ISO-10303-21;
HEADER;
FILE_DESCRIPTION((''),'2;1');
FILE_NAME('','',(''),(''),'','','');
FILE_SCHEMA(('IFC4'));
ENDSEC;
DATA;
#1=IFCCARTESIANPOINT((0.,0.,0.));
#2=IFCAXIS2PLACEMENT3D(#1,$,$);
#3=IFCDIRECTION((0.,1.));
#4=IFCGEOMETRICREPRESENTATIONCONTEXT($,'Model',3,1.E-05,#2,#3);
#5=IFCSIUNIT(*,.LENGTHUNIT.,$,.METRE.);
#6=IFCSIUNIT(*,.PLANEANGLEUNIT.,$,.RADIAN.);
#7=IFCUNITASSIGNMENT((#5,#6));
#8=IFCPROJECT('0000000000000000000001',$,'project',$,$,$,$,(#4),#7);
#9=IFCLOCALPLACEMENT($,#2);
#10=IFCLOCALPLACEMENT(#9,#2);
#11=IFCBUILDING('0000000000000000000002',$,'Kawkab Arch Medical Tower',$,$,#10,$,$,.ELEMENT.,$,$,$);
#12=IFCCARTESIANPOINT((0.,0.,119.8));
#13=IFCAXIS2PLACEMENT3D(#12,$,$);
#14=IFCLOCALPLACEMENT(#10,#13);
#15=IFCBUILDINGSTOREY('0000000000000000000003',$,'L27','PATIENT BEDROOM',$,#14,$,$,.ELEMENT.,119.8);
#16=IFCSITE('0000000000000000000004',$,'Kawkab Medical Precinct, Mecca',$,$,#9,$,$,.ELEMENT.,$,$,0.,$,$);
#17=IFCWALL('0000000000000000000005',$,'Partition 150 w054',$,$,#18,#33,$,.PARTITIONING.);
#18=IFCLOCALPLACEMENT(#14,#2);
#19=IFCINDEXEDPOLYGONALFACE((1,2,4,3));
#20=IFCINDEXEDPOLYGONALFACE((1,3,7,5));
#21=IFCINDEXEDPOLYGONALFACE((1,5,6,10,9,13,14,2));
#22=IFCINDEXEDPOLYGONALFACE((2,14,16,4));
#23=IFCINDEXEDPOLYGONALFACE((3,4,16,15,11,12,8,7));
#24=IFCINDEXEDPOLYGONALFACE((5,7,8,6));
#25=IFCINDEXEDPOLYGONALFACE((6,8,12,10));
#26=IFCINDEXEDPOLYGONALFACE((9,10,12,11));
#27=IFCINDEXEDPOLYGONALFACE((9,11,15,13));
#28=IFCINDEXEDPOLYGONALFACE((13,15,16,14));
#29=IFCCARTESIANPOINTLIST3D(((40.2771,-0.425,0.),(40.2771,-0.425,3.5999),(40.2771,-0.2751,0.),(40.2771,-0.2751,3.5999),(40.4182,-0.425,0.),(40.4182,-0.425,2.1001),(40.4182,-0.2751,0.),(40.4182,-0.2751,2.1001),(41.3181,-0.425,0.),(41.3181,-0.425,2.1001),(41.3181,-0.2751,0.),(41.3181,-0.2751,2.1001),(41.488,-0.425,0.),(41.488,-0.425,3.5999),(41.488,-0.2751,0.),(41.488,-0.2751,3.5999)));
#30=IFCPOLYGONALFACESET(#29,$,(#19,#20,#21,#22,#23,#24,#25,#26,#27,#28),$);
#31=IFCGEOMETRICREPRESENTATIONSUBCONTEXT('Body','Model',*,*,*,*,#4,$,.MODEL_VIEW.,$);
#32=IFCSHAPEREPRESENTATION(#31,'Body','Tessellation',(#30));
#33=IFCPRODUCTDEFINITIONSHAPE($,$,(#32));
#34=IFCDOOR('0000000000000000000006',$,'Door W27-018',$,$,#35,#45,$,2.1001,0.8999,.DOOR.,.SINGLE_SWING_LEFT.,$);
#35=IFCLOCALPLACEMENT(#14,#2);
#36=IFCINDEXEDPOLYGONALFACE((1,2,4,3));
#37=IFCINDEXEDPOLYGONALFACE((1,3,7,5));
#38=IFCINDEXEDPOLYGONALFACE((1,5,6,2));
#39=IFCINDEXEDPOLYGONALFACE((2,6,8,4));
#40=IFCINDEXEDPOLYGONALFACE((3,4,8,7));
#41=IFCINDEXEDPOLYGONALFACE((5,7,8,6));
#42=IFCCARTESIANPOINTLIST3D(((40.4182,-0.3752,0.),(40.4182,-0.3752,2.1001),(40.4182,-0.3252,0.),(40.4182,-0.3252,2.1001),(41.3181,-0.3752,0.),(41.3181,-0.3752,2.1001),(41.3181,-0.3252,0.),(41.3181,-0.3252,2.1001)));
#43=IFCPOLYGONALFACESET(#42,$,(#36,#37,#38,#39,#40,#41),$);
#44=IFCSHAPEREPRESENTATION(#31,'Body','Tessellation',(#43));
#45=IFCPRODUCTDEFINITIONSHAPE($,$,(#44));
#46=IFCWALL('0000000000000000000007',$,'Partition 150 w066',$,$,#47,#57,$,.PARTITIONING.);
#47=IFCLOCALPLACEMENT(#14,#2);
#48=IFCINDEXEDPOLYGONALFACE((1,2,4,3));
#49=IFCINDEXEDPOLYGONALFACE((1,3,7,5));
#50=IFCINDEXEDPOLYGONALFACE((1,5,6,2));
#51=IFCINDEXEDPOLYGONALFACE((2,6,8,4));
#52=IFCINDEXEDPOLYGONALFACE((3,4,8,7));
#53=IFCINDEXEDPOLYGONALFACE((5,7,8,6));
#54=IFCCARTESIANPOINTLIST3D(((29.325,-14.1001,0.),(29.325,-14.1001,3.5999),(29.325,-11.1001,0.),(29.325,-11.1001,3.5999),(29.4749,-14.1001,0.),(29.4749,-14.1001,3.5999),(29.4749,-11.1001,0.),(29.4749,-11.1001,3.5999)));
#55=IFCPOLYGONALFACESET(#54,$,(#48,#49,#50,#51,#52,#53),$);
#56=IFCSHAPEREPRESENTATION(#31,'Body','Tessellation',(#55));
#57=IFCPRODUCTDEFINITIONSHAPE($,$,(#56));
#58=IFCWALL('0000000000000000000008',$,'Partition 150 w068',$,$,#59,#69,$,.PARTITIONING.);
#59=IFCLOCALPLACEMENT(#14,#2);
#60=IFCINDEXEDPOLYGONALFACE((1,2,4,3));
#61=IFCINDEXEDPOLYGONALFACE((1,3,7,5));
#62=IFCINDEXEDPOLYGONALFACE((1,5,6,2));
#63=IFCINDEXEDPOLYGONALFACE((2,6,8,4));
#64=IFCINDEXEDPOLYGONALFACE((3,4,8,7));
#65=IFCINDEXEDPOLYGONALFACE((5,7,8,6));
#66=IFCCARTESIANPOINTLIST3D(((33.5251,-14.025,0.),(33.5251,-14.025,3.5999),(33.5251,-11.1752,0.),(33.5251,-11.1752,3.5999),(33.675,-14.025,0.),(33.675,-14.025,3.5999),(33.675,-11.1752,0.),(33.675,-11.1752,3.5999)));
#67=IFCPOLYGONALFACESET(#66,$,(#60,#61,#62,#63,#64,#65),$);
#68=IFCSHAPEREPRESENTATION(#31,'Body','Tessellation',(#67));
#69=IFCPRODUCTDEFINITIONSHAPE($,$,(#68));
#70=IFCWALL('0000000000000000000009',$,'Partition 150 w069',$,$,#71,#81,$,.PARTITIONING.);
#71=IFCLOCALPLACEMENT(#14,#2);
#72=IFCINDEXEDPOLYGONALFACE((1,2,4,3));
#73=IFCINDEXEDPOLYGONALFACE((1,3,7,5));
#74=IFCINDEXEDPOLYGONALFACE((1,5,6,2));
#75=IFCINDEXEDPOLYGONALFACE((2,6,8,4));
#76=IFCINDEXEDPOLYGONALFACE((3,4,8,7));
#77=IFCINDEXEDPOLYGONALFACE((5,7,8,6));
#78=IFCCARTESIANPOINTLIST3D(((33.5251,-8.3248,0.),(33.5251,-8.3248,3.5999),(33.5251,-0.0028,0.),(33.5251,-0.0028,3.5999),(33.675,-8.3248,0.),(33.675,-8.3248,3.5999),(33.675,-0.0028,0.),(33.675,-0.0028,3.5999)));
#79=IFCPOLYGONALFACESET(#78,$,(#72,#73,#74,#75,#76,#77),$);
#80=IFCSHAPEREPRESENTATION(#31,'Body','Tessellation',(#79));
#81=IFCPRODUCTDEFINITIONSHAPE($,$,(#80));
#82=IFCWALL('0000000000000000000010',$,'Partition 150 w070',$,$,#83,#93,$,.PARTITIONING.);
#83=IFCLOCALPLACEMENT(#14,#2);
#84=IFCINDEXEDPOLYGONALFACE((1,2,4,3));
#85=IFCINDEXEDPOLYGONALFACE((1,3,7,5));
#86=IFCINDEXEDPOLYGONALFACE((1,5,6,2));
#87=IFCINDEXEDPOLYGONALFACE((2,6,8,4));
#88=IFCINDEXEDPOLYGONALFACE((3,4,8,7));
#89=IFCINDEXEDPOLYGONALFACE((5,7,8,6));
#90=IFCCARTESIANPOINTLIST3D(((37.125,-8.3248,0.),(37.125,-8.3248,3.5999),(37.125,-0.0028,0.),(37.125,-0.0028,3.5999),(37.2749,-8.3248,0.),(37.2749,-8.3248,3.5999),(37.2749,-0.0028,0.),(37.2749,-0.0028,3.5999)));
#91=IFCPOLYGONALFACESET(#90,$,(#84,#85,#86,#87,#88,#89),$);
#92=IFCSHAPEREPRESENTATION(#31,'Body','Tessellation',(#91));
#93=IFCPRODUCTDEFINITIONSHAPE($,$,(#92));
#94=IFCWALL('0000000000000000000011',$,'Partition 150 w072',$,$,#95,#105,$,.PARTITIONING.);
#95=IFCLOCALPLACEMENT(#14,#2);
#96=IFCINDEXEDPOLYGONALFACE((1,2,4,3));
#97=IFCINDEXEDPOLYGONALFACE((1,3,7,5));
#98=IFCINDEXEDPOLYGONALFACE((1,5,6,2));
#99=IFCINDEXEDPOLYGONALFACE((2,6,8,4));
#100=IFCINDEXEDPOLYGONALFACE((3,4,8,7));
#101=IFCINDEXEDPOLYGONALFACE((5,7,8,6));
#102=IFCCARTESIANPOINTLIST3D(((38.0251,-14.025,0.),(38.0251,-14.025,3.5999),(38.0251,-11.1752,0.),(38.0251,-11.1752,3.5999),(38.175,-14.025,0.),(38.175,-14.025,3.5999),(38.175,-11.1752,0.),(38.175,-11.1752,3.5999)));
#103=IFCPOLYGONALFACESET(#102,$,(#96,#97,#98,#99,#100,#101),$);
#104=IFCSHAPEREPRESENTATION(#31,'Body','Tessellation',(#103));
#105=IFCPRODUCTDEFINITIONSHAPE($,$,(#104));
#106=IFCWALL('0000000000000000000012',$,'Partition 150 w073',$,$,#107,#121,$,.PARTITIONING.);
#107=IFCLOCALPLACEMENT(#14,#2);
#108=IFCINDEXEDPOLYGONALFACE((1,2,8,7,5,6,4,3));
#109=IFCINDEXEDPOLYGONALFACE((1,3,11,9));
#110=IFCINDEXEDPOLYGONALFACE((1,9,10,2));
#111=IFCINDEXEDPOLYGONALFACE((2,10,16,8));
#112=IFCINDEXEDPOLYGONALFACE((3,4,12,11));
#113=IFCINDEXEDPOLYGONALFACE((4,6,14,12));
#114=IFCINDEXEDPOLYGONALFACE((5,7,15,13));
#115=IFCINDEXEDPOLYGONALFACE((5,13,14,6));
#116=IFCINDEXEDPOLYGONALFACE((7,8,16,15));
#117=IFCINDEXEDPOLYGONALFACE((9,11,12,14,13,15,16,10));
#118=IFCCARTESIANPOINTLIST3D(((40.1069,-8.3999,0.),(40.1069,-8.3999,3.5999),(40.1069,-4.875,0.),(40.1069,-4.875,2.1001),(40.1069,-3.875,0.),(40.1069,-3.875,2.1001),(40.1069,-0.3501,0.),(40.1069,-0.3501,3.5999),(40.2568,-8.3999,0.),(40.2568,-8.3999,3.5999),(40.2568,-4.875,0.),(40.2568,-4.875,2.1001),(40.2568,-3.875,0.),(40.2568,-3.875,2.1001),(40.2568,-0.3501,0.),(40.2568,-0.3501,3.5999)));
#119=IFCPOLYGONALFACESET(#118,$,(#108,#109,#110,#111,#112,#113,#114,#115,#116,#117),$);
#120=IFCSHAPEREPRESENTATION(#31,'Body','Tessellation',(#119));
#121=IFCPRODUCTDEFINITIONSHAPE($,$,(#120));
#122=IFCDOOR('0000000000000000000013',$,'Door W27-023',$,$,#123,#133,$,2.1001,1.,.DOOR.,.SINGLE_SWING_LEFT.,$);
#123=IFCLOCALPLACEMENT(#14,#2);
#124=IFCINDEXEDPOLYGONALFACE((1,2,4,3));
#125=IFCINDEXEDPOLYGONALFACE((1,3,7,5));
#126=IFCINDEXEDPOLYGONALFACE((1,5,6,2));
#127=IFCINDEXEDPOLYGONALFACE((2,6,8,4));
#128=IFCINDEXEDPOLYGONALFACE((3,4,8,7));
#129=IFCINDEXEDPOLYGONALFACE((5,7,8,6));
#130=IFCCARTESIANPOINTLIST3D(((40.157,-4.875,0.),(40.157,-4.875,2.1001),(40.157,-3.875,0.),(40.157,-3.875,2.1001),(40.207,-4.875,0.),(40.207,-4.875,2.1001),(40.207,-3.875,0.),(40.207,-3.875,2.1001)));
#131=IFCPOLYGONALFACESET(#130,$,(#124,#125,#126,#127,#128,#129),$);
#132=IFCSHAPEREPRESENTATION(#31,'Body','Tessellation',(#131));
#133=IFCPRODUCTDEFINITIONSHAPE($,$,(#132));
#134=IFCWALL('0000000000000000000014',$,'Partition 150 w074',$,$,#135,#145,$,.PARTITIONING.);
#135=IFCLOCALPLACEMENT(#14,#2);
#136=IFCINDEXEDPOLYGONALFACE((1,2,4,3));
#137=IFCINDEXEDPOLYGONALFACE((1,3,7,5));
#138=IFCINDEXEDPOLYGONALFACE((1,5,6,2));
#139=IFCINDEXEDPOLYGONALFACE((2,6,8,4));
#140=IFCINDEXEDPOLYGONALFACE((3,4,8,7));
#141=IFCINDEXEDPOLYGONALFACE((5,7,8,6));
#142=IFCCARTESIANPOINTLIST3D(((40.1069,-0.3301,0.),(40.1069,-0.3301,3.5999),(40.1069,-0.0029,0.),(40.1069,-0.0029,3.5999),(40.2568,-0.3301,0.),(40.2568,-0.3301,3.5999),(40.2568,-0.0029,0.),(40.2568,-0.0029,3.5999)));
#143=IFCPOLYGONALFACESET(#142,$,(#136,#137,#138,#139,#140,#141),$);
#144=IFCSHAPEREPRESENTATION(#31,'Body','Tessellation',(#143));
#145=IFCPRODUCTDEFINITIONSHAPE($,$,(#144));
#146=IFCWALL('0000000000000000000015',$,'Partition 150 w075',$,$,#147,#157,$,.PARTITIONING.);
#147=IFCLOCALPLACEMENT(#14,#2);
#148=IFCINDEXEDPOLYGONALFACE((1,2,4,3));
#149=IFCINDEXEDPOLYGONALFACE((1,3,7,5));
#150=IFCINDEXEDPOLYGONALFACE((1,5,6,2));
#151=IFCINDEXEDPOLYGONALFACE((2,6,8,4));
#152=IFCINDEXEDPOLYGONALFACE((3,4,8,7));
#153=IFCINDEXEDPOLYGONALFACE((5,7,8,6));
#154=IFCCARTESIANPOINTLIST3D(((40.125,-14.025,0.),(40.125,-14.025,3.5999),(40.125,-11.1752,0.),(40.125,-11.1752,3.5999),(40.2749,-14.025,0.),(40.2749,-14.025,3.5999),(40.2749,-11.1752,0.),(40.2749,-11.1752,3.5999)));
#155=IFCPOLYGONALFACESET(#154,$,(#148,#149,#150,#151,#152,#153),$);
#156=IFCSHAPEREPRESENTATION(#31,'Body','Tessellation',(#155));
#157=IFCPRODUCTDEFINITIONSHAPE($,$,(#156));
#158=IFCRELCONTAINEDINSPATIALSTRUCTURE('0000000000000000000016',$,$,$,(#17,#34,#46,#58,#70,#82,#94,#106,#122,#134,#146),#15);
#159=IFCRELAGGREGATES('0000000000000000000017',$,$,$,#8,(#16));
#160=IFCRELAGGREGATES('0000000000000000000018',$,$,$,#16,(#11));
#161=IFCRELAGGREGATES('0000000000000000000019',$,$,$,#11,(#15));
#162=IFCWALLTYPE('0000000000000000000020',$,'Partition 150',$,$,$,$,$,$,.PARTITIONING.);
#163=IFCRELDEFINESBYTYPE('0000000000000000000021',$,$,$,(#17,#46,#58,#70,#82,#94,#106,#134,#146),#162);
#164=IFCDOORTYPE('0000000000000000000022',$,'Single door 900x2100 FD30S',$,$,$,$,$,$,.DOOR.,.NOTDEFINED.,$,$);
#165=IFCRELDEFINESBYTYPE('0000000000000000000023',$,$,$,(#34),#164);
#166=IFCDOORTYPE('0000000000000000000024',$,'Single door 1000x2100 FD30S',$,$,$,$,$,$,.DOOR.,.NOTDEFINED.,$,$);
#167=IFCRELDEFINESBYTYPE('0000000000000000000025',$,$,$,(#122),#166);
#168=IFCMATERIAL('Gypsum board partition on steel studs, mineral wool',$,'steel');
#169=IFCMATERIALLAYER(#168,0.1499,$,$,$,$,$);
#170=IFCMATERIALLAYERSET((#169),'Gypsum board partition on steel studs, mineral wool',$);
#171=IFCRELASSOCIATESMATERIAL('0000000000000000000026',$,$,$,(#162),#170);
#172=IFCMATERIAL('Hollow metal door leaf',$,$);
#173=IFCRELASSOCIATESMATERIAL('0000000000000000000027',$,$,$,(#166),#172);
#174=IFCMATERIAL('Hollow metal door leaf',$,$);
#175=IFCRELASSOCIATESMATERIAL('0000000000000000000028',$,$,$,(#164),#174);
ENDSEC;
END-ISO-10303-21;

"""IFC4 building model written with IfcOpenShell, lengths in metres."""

from ifc_helpers import new_model, si_unit, direction, frame, frame_2d, origin, place, context, subcontext, project, spatial, rectangle, extrude, material, layer, layer_set, type_object, element, fill, save


model = new_model("IFC4")

# Units and contexts
model_context = context("Model", 3, precision=1e-05, world=origin(), true_north=direction((0.0, 1.0)))
body_context = subcontext(model_context, "Body", "Model", "MODEL_VIEW")
ifc_project = project(units=[si_unit("LENGTHUNIT", "METRE"), si_unit("PLANEANGLEUNIT", "RADIAN")], contexts=[model_context])

# Site, building, storey
site_placement = place(None, origin())
site = spatial("IfcSite", under=ifc_project, at=site_placement, Name="Kawkab Medical Precinct, Mecca", CompositionType="ELEMENT", RefElevation=0.0)
building_placement = place(site_placement, origin())
building = spatial("IfcBuilding", under=site, at=building_placement, Name="Kawkab Arch Medical Tower", CompositionType="ELEMENT")
storey_placement = place(building_placement, frame((0.0, 0.0, 119.8)))
storey = spatial("IfcBuildingStorey", under=building, at=storey_placement, Name="L27", Description="PATIENT BEDROOM", CompositionType="ELEMENT", Elevation=119.8)

# Shared definitions
ifc_material_1 = material(Name="Gypsum board partition on steel studs, mineral wool", Category="steel")
ifc_layer_1 = layer(ifc_material_1, 0.1499)
ifc_layer_set_1 = layer_set([ifc_layer_1], Name="Gypsum board partition on steel studs, mineral wool")
wall_type_1 = type_object("IfcWallType", Name="Partition 150", PredefinedType="PARTITIONING", material=ifc_layer_set_1)

# Shared definitions
ifc_material_2 = material(Name="Hollow metal door leaf")
door_type_1 = type_object("IfcDoorType", Name="Single door 1000x2100 FD30S", OperationType="NOTDEFINED", PredefinedType="DOOR", material=ifc_material_2)

# Wall, opening, door
wall_1_placement = place(storey_placement, frame((40.2771, -0.3501, 0.0), z_axis=(0.0, 0.0, 1.0), x_axis=(1.0, 0.0, 0.0)))
wall_1 = element("IfcWall", 1, at=wall_1_placement, inside=storey, type_object=wall_type_1, Name="Partition 150 w054", PredefinedType="PARTITIONING", context=body_context, shape_type="SweptSolid", body=[
    extrude(rectangle(XDim=1.2109, YDim=0.1499, at=frame_2d((0.6055, 0.0))), origin(), (0.0, 0.0, 1.0), 3.5999),
])
opening_1_placement = place(wall_1_placement, frame((0.1411, 0.0, 0.0)))
opening_1 = element("IfcOpeningElement", 2, at=opening_1_placement, cuts=wall_1, PredefinedType="OPENING", context=body_context, shape_type="SweptSolid", body=[
    extrude(rectangle(XDim=0.8999, YDim=2.1001, at=frame_2d((0.45, 1.05))), frame((0.0, 0.085, 0.0), z_axis=(0.0, -1.0, 0.0), x_axis=(1.0, 0.0, 0.0)), (0.0, 0.0, 1.0), 0.1699),
])
ifc_material_3 = material(Name="Hollow metal door leaf")
door_type_2 = type_object("IfcDoorType", Name="Single door 900x2100 FD30S", OperationType="NOTDEFINED", PredefinedType="DOOR", material=ifc_material_3)
door_1_placement = place(opening_1_placement, origin())
door_1 = element("IfcDoor", 3, at=door_1_placement, inside=storey, type_object=door_type_2, Name="Door W27-018", OperationType="SINGLE_SWING_LEFT", OverallHeight=2.1001, OverallWidth=0.8999, PredefinedType="DOOR", context=body_context, shape_type="SweptSolid", body=[
    extrude(rectangle(XDim=0.8999, YDim=2.1001, at=frame_2d((0.45, 1.05))), frame((0.0, 0.0249, 0.0), z_axis=(0.0, -1.0, 0.0), x_axis=(1.0, 0.0, 0.0)), (0.0, 0.0, 1.0), 0.05),
])
fill(opening_1, door_1)

# Walls
wall_2_placement = place(storey_placement, frame((29.3999, -14.1001, 0.0), z_axis=(0.0, 0.0, 1.0), x_axis=(0.0, 1.0, 0.0)))
element("IfcWall", 4, at=wall_2_placement, inside=storey, type_object=wall_type_1, Name="Partition 150 w066", PredefinedType="PARTITIONING", context=body_context, shape_type="SweptSolid", body=[
    extrude(rectangle(XDim=3.0, YDim=0.1499, at=frame_2d((1.5, 0.0))), origin(), (0.0, 0.0, 1.0), 3.5999),
])
wall_3_placement = place(storey_placement, frame((33.6001, -14.0249, 0.0), z_axis=(0.0, 0.0, 1.0), x_axis=(0.0, 1.0, 0.0)))
element("IfcWall", 5, at=wall_3_placement, inside=storey, type_object=wall_type_1, Name="Partition 150 w068", PredefinedType="PARTITIONING", context=body_context, shape_type="SweptSolid", body=[
    extrude(rectangle(XDim=2.8499, YDim=0.1499, at=frame_2d((1.4248, 0.0))), origin(), (0.0, 0.0, 1.0), 3.5999),
])
for number, where, z_axis, x_axis, name in (
    (6, (33.6001, -8.325, 0.0), (0.0, 0.0, 1.0), (0.0, 1.0, 0.0), "Partition 150 w069"),
    (7, (37.2, -8.325, 0.0), (0.0, 0.0, 1.0), (0.0, 1.0, 0.0), "Partition 150 w070"),
):
    element("IfcWall", number, at=place(storey_placement, frame(where, z_axis=z_axis, x_axis=x_axis)), inside=storey, type_object=wall_type_1, Name=name, PredefinedType="PARTITIONING", context=body_context, shape_type="SweptSolid", body=[
        extrude(rectangle(XDim=8.322, YDim=0.1499, at=frame_2d((4.1611, 0.0))), origin(), (0.0, 0.0, 1.0), 3.5999),
    ])
wall_4_placement = place(storey_placement, frame((38.1001, -14.0249, 0.0), z_axis=(0.0, 0.0, 1.0), x_axis=(0.0, 1.0, 0.0)))
element("IfcWall", 8, at=wall_4_placement, inside=storey, type_object=wall_type_1, Name="Partition 150 w072", PredefinedType="PARTITIONING", context=body_context, shape_type="SweptSolid", body=[
    extrude(rectangle(XDim=2.8499, YDim=0.1499, at=frame_2d((1.4248, 0.0))), origin(), (0.0, 0.0, 1.0), 3.5999),
])

# Wall, opening, door
wall_5_placement = place(storey_placement, frame((40.1819, -8.3999, 0.0), z_axis=(0.0, 0.0, 1.0), x_axis=(0.0, 1.0, 0.0)))
wall_5 = element("IfcWall", 9, at=wall_5_placement, inside=storey, type_object=wall_type_1, Name="Partition 150 w073", PredefinedType="PARTITIONING", context=body_context, shape_type="SweptSolid", body=[
    extrude(rectangle(XDim=8.0498, YDim=0.1499, at=frame_2d((4.0249, 0.0))), origin(), (0.0, 0.0, 1.0), 3.5999),
])
opening_2_placement = place(wall_5_placement, frame((3.5249, 0.0, 0.0)))
opening_2 = element("IfcOpeningElement", 10, at=opening_2_placement, cuts=wall_5, PredefinedType="OPENING", context=body_context, shape_type="SweptSolid", body=[
    extrude(rectangle(XDim=1.0, YDim=2.1001, at=frame_2d((0.5, 1.05))), frame((0.0, 0.085, 0.0), z_axis=(0.0, -1.0, 0.0), x_axis=(1.0, 0.0, 0.0)), (0.0, 0.0, 1.0), 0.1699),
])
door_2_placement = place(opening_2_placement, origin())
door_2 = element("IfcDoor", 11, at=door_2_placement, inside=storey, type_object=door_type_1, Name="Door W27-023", OperationType="SINGLE_SWING_LEFT", OverallHeight=2.1001, OverallWidth=1.0, PredefinedType="DOOR", context=body_context, shape_type="SweptSolid", body=[
    extrude(rectangle(XDim=1.0, YDim=2.1001, at=frame_2d((0.5, 1.05))), frame((0.0, 0.0249, 0.0), z_axis=(0.0, -1.0, 0.0), x_axis=(1.0, 0.0, 0.0)), (0.0, 0.0, 1.0), 0.05),
])
fill(opening_2, door_2)

# Walls
wall_6_placement = place(storey_placement, frame((40.1819, -0.3301, 0.0), z_axis=(0.0, 0.0, 1.0), x_axis=(0.0, 1.0, 0.0)))
element("IfcWall", 12, at=wall_6_placement, inside=storey, type_object=wall_type_1, Name="Partition 150 w074", PredefinedType="PARTITIONING", context=body_context, shape_type="SweptSolid", body=[
    extrude(rectangle(XDim=0.3271, YDim=0.1499, at=frame_2d((0.1636, 0.0))), origin(), (0.0, 0.0, 1.0), 3.5999),
])
wall_7_placement = place(storey_placement, frame((40.2, -14.0249, 0.0), z_axis=(0.0, 0.0, 1.0), x_axis=(0.0, 1.0, 0.0)))
element("IfcWall", 13, at=wall_7_placement, inside=storey, type_object=wall_type_1, Name="Partition 150 w075", PredefinedType="PARTITIONING", context=body_context, shape_type="SweptSolid", body=[
    extrude(rectangle(XDim=2.8499, YDim=0.1499, at=frame_2d((1.4248, 0.0))), origin(), (0.0, 0.0, 1.0), 3.5999),
])

save(model, "model.ifc")
